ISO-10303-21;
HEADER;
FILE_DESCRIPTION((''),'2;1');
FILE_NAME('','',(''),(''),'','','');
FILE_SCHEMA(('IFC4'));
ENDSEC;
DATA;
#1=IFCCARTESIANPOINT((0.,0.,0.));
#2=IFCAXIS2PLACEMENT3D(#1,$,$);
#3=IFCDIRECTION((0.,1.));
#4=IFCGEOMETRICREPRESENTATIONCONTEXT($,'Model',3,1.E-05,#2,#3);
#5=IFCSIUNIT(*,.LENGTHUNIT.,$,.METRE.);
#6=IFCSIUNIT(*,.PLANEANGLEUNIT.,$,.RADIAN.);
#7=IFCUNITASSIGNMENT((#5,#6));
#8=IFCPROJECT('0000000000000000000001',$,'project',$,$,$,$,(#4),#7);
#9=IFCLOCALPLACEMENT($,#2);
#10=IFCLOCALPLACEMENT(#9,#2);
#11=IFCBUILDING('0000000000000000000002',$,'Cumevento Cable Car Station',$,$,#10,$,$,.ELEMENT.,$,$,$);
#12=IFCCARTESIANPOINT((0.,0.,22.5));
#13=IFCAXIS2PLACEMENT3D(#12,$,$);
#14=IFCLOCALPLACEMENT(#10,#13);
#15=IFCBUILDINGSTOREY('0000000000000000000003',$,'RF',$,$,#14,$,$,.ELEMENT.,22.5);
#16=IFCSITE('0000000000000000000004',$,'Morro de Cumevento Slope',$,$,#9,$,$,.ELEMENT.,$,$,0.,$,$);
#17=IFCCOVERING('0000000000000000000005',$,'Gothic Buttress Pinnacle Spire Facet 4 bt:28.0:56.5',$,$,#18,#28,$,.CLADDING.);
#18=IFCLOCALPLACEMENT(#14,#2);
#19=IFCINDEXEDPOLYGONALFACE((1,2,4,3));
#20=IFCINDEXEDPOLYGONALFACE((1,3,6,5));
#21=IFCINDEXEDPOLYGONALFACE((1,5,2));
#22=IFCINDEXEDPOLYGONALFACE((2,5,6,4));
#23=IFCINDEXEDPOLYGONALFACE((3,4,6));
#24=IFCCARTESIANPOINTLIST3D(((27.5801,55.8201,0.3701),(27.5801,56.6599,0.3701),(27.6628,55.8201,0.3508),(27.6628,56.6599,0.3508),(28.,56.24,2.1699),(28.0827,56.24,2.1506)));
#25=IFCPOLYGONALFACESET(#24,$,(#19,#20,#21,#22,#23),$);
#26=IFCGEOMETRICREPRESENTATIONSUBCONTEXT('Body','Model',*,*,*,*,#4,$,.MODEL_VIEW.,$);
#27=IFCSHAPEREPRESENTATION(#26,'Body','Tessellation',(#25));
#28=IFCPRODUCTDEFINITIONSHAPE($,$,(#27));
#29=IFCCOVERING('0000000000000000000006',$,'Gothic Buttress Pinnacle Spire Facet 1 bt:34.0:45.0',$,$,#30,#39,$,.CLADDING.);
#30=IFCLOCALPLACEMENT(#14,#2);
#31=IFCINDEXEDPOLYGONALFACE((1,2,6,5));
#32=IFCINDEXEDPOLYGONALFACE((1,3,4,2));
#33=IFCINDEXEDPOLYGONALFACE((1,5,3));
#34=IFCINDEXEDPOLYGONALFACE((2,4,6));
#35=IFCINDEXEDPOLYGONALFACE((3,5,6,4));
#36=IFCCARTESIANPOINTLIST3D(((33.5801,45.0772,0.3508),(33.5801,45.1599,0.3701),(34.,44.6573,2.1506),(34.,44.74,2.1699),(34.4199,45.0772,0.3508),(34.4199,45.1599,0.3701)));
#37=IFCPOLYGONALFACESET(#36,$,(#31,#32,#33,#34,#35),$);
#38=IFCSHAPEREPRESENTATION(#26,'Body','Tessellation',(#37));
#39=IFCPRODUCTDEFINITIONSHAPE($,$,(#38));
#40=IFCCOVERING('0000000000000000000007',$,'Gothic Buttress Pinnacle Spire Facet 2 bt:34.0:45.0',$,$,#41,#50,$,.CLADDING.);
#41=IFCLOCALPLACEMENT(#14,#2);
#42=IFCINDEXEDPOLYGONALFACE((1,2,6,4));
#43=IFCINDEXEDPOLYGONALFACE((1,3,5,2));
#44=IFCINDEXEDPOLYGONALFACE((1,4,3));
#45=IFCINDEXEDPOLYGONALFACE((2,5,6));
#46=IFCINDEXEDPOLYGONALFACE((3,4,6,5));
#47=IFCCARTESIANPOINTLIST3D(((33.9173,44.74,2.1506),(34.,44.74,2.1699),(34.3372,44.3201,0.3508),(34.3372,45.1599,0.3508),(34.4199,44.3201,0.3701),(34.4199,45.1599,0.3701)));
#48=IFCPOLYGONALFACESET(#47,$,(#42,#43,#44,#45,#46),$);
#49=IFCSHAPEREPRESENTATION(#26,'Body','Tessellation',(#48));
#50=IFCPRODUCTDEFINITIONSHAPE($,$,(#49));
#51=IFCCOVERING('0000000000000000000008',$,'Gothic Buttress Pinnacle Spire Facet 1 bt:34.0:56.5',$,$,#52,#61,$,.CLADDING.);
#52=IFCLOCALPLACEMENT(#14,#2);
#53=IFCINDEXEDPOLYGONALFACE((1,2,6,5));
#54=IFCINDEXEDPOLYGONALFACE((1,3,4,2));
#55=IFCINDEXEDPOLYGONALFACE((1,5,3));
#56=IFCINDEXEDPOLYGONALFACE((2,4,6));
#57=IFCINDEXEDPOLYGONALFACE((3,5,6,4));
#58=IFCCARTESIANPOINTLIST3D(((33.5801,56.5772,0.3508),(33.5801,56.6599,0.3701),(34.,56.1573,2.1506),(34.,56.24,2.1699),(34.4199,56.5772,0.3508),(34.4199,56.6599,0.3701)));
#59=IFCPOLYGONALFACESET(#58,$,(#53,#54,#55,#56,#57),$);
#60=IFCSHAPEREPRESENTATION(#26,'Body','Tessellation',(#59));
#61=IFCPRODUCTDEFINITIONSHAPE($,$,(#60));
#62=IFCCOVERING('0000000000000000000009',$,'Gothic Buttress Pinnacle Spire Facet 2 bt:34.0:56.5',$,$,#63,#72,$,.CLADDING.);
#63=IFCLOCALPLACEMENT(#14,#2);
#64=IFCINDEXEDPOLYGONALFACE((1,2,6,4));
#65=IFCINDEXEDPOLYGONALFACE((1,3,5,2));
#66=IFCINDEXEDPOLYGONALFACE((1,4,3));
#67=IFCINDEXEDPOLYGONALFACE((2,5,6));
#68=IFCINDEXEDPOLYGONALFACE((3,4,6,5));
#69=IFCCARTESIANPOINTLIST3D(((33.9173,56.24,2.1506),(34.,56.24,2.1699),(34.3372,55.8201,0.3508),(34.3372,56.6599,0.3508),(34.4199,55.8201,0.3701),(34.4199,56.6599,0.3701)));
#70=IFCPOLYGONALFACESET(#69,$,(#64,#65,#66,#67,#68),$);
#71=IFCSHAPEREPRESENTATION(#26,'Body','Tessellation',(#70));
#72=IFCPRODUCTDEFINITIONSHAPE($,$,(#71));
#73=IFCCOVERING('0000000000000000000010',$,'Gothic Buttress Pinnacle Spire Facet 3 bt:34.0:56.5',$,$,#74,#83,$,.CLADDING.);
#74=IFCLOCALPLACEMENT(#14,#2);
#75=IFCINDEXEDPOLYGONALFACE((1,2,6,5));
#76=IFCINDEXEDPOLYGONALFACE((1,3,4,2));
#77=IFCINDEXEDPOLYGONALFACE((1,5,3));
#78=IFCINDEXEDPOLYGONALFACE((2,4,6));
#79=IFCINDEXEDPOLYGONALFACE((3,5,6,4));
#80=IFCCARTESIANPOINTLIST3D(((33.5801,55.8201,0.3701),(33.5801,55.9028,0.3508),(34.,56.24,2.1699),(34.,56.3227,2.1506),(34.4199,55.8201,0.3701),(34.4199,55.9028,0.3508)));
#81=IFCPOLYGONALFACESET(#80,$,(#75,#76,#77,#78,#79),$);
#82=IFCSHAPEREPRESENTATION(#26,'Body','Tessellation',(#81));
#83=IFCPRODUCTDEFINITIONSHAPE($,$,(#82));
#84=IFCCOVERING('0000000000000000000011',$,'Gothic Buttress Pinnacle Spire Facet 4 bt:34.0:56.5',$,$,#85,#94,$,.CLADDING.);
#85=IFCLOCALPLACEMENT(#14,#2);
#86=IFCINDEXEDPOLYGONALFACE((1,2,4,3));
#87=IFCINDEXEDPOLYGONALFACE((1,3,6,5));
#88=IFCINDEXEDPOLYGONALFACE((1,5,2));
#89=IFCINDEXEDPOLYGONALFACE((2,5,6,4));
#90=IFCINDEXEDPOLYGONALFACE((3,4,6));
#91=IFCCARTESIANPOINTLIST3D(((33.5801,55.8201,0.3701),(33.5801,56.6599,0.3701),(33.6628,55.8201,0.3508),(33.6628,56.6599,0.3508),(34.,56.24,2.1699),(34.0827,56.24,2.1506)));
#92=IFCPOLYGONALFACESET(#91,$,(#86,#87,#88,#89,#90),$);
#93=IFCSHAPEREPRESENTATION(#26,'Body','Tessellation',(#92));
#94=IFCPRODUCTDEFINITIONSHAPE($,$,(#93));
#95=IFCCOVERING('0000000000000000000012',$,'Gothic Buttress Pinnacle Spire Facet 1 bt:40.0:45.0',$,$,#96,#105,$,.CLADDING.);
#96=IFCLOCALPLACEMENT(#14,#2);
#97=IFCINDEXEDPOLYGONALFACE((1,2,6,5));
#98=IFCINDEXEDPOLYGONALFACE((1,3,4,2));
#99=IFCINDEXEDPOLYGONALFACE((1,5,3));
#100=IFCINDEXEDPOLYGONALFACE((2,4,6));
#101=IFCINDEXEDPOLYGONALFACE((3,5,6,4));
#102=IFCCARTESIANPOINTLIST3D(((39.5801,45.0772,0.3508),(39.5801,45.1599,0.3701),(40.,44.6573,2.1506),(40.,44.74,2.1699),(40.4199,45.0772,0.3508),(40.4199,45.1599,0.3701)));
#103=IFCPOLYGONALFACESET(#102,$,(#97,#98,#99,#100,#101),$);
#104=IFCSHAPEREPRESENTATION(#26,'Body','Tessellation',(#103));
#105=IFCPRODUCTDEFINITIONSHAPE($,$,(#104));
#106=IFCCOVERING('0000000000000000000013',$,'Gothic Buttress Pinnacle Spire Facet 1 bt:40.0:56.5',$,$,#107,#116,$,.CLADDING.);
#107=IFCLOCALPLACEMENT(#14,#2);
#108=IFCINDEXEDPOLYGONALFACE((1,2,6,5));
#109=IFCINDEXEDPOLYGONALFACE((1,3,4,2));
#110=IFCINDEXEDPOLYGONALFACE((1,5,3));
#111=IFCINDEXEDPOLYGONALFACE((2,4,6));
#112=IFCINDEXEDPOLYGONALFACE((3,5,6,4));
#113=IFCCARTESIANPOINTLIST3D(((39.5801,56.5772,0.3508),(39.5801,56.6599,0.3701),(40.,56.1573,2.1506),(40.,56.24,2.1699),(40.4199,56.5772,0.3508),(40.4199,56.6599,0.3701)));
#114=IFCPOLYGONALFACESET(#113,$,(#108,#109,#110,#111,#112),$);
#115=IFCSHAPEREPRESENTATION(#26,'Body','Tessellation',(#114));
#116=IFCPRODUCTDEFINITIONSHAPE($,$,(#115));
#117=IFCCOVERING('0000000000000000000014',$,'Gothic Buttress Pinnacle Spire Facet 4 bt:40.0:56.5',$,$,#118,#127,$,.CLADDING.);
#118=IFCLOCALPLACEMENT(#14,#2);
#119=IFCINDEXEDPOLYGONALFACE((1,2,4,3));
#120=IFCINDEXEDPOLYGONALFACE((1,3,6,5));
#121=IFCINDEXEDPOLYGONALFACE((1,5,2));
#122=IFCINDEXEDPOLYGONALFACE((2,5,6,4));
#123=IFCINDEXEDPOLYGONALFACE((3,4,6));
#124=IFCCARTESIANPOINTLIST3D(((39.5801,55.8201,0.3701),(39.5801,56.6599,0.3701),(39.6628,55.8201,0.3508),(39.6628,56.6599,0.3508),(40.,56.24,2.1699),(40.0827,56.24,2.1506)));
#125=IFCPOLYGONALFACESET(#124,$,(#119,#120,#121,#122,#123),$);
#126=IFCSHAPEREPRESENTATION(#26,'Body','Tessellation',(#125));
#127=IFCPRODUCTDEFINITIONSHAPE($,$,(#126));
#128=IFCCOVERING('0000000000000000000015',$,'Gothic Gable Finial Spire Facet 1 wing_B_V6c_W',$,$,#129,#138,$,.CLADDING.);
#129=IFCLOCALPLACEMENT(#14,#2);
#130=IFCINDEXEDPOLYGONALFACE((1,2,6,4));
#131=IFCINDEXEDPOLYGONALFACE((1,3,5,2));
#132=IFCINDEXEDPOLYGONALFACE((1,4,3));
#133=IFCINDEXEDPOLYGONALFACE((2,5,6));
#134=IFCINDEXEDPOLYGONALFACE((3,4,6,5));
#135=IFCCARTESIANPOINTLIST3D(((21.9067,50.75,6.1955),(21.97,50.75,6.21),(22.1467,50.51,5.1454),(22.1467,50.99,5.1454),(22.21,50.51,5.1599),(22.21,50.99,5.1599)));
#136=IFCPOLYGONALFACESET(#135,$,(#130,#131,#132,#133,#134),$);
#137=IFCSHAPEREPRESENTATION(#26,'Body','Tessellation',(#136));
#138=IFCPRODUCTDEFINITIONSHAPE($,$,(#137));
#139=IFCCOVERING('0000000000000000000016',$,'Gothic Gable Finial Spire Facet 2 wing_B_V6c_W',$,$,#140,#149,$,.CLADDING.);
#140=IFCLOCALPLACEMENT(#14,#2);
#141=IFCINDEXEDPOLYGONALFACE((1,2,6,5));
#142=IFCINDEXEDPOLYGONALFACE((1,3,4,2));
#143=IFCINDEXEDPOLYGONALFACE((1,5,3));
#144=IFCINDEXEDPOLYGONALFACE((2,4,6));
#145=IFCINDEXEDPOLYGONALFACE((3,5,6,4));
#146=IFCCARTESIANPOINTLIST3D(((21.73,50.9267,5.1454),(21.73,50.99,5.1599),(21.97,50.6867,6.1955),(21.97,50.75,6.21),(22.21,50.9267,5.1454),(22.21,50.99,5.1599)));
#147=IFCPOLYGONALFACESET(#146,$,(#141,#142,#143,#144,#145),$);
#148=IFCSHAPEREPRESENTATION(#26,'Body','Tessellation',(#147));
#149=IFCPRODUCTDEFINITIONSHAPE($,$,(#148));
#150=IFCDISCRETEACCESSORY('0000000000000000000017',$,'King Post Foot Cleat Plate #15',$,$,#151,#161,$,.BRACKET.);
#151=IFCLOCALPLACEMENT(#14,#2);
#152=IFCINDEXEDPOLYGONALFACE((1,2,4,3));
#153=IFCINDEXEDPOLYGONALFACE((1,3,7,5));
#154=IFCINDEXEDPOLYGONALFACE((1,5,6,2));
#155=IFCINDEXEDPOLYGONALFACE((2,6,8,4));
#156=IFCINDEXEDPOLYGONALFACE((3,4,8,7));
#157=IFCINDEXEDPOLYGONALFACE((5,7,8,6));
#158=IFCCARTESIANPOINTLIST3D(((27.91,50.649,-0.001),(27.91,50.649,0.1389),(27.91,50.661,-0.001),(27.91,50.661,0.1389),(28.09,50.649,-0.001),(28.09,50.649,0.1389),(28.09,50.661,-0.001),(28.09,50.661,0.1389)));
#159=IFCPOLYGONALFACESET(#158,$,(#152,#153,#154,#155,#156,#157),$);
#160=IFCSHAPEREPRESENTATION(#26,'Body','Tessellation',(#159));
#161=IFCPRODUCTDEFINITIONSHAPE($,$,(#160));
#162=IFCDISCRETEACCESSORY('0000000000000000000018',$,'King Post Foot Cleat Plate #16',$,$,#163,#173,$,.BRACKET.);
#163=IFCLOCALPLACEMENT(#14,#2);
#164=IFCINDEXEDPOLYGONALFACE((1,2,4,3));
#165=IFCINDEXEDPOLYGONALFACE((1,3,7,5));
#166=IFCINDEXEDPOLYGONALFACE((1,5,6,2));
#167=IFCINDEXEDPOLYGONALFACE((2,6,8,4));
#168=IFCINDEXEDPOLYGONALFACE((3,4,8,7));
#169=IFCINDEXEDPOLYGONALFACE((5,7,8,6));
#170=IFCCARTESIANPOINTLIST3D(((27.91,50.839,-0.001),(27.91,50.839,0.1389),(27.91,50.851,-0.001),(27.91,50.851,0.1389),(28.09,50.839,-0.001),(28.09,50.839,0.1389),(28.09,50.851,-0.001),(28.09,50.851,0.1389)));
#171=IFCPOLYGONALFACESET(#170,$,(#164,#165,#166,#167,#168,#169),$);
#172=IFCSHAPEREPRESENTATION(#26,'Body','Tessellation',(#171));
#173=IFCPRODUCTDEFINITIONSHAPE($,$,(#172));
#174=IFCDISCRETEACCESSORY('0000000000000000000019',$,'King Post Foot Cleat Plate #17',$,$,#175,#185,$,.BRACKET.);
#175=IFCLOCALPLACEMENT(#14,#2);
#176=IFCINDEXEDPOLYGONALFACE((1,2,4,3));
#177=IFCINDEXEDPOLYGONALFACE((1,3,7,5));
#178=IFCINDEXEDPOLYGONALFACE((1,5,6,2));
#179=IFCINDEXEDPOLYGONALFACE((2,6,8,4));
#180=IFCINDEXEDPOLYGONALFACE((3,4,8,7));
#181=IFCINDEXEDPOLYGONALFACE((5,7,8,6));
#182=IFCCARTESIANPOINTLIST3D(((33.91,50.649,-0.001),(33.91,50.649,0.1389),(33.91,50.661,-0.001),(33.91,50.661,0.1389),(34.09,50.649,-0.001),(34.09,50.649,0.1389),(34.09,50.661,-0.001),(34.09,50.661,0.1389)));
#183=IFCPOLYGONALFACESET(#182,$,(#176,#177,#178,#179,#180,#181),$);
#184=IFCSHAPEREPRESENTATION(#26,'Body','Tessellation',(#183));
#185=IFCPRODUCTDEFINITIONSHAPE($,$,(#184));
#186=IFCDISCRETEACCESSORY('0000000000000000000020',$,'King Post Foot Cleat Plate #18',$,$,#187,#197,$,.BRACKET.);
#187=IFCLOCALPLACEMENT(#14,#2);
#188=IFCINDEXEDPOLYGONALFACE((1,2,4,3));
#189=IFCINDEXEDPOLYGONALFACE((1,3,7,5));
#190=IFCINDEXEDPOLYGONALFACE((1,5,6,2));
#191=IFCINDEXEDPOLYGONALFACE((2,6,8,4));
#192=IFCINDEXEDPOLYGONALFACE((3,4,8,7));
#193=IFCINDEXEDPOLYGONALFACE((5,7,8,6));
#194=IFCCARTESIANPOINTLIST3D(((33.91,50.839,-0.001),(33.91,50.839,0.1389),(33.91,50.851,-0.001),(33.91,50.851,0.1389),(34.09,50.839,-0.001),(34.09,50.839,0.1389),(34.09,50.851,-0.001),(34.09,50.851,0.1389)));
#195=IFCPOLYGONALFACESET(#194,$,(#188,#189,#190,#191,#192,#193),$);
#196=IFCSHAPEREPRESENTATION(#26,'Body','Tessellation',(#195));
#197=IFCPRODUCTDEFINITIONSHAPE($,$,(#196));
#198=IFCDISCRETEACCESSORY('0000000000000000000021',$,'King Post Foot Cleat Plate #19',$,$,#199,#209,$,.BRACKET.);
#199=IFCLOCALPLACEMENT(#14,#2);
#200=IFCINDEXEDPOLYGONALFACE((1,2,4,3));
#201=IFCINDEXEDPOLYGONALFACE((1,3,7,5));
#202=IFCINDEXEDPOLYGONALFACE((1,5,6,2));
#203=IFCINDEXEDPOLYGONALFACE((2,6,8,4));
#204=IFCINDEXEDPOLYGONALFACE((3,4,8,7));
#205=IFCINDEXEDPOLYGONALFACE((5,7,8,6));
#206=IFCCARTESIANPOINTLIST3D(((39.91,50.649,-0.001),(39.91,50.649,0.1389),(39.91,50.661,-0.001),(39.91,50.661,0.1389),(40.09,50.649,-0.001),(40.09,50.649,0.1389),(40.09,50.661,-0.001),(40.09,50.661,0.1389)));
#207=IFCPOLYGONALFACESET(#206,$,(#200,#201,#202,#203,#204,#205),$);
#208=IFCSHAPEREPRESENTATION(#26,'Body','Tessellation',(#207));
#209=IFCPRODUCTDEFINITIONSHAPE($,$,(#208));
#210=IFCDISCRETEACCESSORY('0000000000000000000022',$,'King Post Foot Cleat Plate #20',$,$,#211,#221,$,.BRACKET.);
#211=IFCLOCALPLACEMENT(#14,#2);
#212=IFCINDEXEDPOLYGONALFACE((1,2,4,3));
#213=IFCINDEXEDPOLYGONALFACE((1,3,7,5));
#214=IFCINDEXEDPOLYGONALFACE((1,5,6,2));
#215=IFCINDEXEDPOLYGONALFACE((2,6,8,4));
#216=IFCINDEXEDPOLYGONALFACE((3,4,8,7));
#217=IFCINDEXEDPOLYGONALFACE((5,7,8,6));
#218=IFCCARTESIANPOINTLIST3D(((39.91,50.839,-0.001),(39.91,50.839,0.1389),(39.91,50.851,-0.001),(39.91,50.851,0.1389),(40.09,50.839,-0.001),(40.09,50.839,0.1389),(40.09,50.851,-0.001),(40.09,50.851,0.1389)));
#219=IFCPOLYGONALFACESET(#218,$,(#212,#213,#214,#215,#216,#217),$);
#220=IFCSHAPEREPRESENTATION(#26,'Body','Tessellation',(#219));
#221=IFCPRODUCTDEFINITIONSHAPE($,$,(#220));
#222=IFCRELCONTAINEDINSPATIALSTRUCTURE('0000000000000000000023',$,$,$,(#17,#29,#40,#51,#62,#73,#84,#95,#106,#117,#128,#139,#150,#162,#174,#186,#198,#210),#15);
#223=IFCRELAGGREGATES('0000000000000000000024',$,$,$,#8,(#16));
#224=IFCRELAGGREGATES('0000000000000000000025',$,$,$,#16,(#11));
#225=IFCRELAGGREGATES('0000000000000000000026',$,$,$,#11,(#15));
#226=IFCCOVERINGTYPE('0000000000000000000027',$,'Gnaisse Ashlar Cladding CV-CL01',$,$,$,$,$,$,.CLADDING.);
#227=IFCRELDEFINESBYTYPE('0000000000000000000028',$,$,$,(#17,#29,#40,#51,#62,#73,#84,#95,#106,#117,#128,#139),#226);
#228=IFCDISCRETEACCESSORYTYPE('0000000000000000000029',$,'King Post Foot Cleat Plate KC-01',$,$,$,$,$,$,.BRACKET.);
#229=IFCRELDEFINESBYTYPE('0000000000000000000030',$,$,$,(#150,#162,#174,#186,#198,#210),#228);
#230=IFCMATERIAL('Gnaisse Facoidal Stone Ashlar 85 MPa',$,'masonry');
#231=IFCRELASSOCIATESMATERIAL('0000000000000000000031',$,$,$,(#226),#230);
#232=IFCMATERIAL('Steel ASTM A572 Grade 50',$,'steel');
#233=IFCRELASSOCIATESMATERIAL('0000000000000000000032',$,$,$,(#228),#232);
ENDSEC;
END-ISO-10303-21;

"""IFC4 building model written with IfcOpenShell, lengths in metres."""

from ifc_helpers import new_model, si_unit, direction, frame, origin, origin_2d, place, context, subcontext, project, spatial, polyline, rectangle, outline, extrude, material, type_object, element, save


model = new_model("IFC4")

# Units and contexts
model_context = context("Model", 3, precision=1e-05, world=origin(), true_north=direction((0.0, 1.0)))
body_context = subcontext(model_context, "Body", "Model", "MODEL_VIEW")
ifc_project = project(units=[si_unit("LENGTHUNIT", "METRE"), si_unit("PLANEANGLEUNIT", "RADIAN")], contexts=[model_context])

# Site, building, storey
site_placement = place(None, origin())
site = spatial("IfcSite", under=ifc_project, at=site_placement, Name="Morro de Cumevento Slope", CompositionType="ELEMENT", RefElevation=0.0)
building_placement = place(site_placement, origin())
building = spatial("IfcBuilding", under=site, at=building_placement, Name="Cumevento Cable Car Station", CompositionType="ELEMENT")
storey_placement = place(building_placement, frame((0.0, 0.0, 22.5)))
storey = spatial("IfcBuildingStorey", under=building, at=storey_placement, Name="RF", CompositionType="ELEMENT", Elevation=22.5)

# Coverings
ifc_material_1 = material(Name="Gnaisse Facoidal Stone Ashlar 85 MPa", Category="masonry")
covering_type = type_object("IfcCoveringType", Name="Gnaisse Ashlar Cladding CV-CL01", PredefinedType="CLADDING", material=ifc_material_1)
for number, where, z_axis, x_axis, name in (
    (1, (27.5801, 55.8201, 0.3701), (-0.973845, 0.0, 0.227213), (0.0, 1.0, 0.0), "Gothic Buttress Pinnacle Spire Facet 4 bt:28.0:56.5"),
    (2, (33.5801, 45.1599, 0.3701), (0.0, 0.973845, 0.227213), (1.0, 0.0, 0.0), "Gothic Buttress Pinnacle Spire Facet 1 bt:34.0:45.0"),
    (3, (34.4199, 45.1599, 0.3701), (0.973845, 0.0, 0.227213), (0.0, -1.0, 0.0), "Gothic Buttress Pinnacle Spire Facet 2 bt:34.0:45.0"),
    (4, (33.5801, 56.6599, 0.3701), (0.0, 0.973845, 0.227213), (1.0, 0.0, 0.0), "Gothic Buttress Pinnacle Spire Facet 1 bt:34.0:56.5"),
    (5, (34.4199, 56.6599, 0.3701), (0.973845, 0.0, 0.227213), (0.0, -1.0, 0.0), "Gothic Buttress Pinnacle Spire Facet 2 bt:34.0:56.5"),
    (6, (34.4199, 55.8201, 0.3701), (0.0, -0.973845, 0.227213), (-1.0, 0.0, 0.0), "Gothic Buttress Pinnacle Spire Facet 3 bt:34.0:56.5"),
    (7, (33.5801, 55.8201, 0.3701), (-0.973845, 0.0, 0.227213), (0.0, 1.0, 0.0), "Gothic Buttress Pinnacle Spire Facet 4 bt:34.0:56.5"),
    (8, (39.5801, 45.1599, 0.3701), (0.0, 0.973845, 0.227213), (1.0, 0.0, 0.0), "Gothic Buttress Pinnacle Spire Facet 1 bt:40.0:45.0"),
    (9, (39.5801, 56.6599, 0.3701), (0.0, 0.973845, 0.227213), (1.0, 0.0, 0.0), "Gothic Buttress Pinnacle Spire Facet 1 bt:40.0:56.5"),
    (10, (39.5801, 55.8201, 0.3701), (-0.973845, 0.0, 0.227213), (0.0, 1.0, 0.0), "Gothic Buttress Pinnacle Spire Facet 4 bt:40.0:56.5"),
):
    element("IfcCovering", number, at=place(storey_placement, frame(where, z_axis=z_axis, x_axis=x_axis)), inside=storey, type_object=covering_type, Name=name, PredefinedType="CLADDING", context=body_context, shape_type="SweptSolid", body=[
        extrude(outline(polyline([(0.0, 0.0), (0.8398, 0.0), (0.4199, -1.8481), (0.0, 0.0)])), origin(), (0.0, 0.0, -1.0), 0.085),
    ])
for number, where, z_axis, x_axis, name in (
    (11, (22.21, 50.51, 5.1599), (0.974863, 0.0, 0.222806), (0.0, 1.0, 0.0), "Gothic Gable Finial Spire Facet 1 wing_B_V6c_W"),
    (12, (22.21, 50.99, 5.1599), (0.0, 0.974863, 0.222806), (-1.0, 0.0, 0.0), "Gothic Gable Finial Spire Facet 2 wing_B_V6c_W"),
):
    element("IfcCovering", number, at=place(storey_placement, frame(where, z_axis=z_axis, x_axis=x_axis)), inside=storey, type_object=covering_type, Name=name, PredefinedType="CLADDING", context=body_context, shape_type="SweptSolid", body=[
        extrude(outline(polyline([(0.0, 0.0), (0.48, 0.0), (0.24, 1.0771), (0.0, 0.0)])), origin(), (0.0, 0.0, -1.0), 0.0649),
    ])

# Discrete accessories
ifc_material_2 = material(Name="Steel ASTM A572 Grade 50", Category="steel")
discrete_accessory_type = type_object("IfcDiscreteAccessoryType", Name="King Post Foot Cleat Plate KC-01", PredefinedType="BRACKET", material=ifc_material_2)
for number, where, z_axis, x_axis, name in (
    (13, (28.0, 50.655, -0.001), (0.0, 0.0, 1.0), (0.0, 1.0, 0.0), "King Post Foot Cleat Plate #15"),
    (14, (28.0, 50.845, -0.001), (0.0, 0.0, 1.0), (0.0, 1.0, 0.0), "King Post Foot Cleat Plate #16"),
    (15, (34.0, 50.655, -0.001), (0.0, 0.0, 1.0), (0.0, 1.0, 0.0), "King Post Foot Cleat Plate #17"),
    (16, (34.0, 50.845, -0.001), (0.0, 0.0, 1.0), (0.0, 1.0, 0.0), "King Post Foot Cleat Plate #18"),
    (17, (40.0, 50.655, -0.001), (0.0, 0.0, 1.0), (0.0, 1.0, 0.0), "King Post Foot Cleat Plate #19"),
    (18, (40.0, 50.845, -0.001), (0.0, 0.0, 1.0), (0.0, 1.0, 0.0), "King Post Foot Cleat Plate #20"),
):
    element("IfcDiscreteAccessory", number, at=place(storey_placement, frame(where, z_axis=z_axis, x_axis=x_axis)), inside=storey, type_object=discrete_accessory_type, Name=name, PredefinedType="BRACKET", context=body_context, shape_type="SweptSolid", body=[
        extrude(rectangle(XDim=0.012, YDim=0.1799, at=origin_2d()), origin(), (0.0, 0.0, 1.0), 0.1399),
    ])

save(model, "model.ifc")
